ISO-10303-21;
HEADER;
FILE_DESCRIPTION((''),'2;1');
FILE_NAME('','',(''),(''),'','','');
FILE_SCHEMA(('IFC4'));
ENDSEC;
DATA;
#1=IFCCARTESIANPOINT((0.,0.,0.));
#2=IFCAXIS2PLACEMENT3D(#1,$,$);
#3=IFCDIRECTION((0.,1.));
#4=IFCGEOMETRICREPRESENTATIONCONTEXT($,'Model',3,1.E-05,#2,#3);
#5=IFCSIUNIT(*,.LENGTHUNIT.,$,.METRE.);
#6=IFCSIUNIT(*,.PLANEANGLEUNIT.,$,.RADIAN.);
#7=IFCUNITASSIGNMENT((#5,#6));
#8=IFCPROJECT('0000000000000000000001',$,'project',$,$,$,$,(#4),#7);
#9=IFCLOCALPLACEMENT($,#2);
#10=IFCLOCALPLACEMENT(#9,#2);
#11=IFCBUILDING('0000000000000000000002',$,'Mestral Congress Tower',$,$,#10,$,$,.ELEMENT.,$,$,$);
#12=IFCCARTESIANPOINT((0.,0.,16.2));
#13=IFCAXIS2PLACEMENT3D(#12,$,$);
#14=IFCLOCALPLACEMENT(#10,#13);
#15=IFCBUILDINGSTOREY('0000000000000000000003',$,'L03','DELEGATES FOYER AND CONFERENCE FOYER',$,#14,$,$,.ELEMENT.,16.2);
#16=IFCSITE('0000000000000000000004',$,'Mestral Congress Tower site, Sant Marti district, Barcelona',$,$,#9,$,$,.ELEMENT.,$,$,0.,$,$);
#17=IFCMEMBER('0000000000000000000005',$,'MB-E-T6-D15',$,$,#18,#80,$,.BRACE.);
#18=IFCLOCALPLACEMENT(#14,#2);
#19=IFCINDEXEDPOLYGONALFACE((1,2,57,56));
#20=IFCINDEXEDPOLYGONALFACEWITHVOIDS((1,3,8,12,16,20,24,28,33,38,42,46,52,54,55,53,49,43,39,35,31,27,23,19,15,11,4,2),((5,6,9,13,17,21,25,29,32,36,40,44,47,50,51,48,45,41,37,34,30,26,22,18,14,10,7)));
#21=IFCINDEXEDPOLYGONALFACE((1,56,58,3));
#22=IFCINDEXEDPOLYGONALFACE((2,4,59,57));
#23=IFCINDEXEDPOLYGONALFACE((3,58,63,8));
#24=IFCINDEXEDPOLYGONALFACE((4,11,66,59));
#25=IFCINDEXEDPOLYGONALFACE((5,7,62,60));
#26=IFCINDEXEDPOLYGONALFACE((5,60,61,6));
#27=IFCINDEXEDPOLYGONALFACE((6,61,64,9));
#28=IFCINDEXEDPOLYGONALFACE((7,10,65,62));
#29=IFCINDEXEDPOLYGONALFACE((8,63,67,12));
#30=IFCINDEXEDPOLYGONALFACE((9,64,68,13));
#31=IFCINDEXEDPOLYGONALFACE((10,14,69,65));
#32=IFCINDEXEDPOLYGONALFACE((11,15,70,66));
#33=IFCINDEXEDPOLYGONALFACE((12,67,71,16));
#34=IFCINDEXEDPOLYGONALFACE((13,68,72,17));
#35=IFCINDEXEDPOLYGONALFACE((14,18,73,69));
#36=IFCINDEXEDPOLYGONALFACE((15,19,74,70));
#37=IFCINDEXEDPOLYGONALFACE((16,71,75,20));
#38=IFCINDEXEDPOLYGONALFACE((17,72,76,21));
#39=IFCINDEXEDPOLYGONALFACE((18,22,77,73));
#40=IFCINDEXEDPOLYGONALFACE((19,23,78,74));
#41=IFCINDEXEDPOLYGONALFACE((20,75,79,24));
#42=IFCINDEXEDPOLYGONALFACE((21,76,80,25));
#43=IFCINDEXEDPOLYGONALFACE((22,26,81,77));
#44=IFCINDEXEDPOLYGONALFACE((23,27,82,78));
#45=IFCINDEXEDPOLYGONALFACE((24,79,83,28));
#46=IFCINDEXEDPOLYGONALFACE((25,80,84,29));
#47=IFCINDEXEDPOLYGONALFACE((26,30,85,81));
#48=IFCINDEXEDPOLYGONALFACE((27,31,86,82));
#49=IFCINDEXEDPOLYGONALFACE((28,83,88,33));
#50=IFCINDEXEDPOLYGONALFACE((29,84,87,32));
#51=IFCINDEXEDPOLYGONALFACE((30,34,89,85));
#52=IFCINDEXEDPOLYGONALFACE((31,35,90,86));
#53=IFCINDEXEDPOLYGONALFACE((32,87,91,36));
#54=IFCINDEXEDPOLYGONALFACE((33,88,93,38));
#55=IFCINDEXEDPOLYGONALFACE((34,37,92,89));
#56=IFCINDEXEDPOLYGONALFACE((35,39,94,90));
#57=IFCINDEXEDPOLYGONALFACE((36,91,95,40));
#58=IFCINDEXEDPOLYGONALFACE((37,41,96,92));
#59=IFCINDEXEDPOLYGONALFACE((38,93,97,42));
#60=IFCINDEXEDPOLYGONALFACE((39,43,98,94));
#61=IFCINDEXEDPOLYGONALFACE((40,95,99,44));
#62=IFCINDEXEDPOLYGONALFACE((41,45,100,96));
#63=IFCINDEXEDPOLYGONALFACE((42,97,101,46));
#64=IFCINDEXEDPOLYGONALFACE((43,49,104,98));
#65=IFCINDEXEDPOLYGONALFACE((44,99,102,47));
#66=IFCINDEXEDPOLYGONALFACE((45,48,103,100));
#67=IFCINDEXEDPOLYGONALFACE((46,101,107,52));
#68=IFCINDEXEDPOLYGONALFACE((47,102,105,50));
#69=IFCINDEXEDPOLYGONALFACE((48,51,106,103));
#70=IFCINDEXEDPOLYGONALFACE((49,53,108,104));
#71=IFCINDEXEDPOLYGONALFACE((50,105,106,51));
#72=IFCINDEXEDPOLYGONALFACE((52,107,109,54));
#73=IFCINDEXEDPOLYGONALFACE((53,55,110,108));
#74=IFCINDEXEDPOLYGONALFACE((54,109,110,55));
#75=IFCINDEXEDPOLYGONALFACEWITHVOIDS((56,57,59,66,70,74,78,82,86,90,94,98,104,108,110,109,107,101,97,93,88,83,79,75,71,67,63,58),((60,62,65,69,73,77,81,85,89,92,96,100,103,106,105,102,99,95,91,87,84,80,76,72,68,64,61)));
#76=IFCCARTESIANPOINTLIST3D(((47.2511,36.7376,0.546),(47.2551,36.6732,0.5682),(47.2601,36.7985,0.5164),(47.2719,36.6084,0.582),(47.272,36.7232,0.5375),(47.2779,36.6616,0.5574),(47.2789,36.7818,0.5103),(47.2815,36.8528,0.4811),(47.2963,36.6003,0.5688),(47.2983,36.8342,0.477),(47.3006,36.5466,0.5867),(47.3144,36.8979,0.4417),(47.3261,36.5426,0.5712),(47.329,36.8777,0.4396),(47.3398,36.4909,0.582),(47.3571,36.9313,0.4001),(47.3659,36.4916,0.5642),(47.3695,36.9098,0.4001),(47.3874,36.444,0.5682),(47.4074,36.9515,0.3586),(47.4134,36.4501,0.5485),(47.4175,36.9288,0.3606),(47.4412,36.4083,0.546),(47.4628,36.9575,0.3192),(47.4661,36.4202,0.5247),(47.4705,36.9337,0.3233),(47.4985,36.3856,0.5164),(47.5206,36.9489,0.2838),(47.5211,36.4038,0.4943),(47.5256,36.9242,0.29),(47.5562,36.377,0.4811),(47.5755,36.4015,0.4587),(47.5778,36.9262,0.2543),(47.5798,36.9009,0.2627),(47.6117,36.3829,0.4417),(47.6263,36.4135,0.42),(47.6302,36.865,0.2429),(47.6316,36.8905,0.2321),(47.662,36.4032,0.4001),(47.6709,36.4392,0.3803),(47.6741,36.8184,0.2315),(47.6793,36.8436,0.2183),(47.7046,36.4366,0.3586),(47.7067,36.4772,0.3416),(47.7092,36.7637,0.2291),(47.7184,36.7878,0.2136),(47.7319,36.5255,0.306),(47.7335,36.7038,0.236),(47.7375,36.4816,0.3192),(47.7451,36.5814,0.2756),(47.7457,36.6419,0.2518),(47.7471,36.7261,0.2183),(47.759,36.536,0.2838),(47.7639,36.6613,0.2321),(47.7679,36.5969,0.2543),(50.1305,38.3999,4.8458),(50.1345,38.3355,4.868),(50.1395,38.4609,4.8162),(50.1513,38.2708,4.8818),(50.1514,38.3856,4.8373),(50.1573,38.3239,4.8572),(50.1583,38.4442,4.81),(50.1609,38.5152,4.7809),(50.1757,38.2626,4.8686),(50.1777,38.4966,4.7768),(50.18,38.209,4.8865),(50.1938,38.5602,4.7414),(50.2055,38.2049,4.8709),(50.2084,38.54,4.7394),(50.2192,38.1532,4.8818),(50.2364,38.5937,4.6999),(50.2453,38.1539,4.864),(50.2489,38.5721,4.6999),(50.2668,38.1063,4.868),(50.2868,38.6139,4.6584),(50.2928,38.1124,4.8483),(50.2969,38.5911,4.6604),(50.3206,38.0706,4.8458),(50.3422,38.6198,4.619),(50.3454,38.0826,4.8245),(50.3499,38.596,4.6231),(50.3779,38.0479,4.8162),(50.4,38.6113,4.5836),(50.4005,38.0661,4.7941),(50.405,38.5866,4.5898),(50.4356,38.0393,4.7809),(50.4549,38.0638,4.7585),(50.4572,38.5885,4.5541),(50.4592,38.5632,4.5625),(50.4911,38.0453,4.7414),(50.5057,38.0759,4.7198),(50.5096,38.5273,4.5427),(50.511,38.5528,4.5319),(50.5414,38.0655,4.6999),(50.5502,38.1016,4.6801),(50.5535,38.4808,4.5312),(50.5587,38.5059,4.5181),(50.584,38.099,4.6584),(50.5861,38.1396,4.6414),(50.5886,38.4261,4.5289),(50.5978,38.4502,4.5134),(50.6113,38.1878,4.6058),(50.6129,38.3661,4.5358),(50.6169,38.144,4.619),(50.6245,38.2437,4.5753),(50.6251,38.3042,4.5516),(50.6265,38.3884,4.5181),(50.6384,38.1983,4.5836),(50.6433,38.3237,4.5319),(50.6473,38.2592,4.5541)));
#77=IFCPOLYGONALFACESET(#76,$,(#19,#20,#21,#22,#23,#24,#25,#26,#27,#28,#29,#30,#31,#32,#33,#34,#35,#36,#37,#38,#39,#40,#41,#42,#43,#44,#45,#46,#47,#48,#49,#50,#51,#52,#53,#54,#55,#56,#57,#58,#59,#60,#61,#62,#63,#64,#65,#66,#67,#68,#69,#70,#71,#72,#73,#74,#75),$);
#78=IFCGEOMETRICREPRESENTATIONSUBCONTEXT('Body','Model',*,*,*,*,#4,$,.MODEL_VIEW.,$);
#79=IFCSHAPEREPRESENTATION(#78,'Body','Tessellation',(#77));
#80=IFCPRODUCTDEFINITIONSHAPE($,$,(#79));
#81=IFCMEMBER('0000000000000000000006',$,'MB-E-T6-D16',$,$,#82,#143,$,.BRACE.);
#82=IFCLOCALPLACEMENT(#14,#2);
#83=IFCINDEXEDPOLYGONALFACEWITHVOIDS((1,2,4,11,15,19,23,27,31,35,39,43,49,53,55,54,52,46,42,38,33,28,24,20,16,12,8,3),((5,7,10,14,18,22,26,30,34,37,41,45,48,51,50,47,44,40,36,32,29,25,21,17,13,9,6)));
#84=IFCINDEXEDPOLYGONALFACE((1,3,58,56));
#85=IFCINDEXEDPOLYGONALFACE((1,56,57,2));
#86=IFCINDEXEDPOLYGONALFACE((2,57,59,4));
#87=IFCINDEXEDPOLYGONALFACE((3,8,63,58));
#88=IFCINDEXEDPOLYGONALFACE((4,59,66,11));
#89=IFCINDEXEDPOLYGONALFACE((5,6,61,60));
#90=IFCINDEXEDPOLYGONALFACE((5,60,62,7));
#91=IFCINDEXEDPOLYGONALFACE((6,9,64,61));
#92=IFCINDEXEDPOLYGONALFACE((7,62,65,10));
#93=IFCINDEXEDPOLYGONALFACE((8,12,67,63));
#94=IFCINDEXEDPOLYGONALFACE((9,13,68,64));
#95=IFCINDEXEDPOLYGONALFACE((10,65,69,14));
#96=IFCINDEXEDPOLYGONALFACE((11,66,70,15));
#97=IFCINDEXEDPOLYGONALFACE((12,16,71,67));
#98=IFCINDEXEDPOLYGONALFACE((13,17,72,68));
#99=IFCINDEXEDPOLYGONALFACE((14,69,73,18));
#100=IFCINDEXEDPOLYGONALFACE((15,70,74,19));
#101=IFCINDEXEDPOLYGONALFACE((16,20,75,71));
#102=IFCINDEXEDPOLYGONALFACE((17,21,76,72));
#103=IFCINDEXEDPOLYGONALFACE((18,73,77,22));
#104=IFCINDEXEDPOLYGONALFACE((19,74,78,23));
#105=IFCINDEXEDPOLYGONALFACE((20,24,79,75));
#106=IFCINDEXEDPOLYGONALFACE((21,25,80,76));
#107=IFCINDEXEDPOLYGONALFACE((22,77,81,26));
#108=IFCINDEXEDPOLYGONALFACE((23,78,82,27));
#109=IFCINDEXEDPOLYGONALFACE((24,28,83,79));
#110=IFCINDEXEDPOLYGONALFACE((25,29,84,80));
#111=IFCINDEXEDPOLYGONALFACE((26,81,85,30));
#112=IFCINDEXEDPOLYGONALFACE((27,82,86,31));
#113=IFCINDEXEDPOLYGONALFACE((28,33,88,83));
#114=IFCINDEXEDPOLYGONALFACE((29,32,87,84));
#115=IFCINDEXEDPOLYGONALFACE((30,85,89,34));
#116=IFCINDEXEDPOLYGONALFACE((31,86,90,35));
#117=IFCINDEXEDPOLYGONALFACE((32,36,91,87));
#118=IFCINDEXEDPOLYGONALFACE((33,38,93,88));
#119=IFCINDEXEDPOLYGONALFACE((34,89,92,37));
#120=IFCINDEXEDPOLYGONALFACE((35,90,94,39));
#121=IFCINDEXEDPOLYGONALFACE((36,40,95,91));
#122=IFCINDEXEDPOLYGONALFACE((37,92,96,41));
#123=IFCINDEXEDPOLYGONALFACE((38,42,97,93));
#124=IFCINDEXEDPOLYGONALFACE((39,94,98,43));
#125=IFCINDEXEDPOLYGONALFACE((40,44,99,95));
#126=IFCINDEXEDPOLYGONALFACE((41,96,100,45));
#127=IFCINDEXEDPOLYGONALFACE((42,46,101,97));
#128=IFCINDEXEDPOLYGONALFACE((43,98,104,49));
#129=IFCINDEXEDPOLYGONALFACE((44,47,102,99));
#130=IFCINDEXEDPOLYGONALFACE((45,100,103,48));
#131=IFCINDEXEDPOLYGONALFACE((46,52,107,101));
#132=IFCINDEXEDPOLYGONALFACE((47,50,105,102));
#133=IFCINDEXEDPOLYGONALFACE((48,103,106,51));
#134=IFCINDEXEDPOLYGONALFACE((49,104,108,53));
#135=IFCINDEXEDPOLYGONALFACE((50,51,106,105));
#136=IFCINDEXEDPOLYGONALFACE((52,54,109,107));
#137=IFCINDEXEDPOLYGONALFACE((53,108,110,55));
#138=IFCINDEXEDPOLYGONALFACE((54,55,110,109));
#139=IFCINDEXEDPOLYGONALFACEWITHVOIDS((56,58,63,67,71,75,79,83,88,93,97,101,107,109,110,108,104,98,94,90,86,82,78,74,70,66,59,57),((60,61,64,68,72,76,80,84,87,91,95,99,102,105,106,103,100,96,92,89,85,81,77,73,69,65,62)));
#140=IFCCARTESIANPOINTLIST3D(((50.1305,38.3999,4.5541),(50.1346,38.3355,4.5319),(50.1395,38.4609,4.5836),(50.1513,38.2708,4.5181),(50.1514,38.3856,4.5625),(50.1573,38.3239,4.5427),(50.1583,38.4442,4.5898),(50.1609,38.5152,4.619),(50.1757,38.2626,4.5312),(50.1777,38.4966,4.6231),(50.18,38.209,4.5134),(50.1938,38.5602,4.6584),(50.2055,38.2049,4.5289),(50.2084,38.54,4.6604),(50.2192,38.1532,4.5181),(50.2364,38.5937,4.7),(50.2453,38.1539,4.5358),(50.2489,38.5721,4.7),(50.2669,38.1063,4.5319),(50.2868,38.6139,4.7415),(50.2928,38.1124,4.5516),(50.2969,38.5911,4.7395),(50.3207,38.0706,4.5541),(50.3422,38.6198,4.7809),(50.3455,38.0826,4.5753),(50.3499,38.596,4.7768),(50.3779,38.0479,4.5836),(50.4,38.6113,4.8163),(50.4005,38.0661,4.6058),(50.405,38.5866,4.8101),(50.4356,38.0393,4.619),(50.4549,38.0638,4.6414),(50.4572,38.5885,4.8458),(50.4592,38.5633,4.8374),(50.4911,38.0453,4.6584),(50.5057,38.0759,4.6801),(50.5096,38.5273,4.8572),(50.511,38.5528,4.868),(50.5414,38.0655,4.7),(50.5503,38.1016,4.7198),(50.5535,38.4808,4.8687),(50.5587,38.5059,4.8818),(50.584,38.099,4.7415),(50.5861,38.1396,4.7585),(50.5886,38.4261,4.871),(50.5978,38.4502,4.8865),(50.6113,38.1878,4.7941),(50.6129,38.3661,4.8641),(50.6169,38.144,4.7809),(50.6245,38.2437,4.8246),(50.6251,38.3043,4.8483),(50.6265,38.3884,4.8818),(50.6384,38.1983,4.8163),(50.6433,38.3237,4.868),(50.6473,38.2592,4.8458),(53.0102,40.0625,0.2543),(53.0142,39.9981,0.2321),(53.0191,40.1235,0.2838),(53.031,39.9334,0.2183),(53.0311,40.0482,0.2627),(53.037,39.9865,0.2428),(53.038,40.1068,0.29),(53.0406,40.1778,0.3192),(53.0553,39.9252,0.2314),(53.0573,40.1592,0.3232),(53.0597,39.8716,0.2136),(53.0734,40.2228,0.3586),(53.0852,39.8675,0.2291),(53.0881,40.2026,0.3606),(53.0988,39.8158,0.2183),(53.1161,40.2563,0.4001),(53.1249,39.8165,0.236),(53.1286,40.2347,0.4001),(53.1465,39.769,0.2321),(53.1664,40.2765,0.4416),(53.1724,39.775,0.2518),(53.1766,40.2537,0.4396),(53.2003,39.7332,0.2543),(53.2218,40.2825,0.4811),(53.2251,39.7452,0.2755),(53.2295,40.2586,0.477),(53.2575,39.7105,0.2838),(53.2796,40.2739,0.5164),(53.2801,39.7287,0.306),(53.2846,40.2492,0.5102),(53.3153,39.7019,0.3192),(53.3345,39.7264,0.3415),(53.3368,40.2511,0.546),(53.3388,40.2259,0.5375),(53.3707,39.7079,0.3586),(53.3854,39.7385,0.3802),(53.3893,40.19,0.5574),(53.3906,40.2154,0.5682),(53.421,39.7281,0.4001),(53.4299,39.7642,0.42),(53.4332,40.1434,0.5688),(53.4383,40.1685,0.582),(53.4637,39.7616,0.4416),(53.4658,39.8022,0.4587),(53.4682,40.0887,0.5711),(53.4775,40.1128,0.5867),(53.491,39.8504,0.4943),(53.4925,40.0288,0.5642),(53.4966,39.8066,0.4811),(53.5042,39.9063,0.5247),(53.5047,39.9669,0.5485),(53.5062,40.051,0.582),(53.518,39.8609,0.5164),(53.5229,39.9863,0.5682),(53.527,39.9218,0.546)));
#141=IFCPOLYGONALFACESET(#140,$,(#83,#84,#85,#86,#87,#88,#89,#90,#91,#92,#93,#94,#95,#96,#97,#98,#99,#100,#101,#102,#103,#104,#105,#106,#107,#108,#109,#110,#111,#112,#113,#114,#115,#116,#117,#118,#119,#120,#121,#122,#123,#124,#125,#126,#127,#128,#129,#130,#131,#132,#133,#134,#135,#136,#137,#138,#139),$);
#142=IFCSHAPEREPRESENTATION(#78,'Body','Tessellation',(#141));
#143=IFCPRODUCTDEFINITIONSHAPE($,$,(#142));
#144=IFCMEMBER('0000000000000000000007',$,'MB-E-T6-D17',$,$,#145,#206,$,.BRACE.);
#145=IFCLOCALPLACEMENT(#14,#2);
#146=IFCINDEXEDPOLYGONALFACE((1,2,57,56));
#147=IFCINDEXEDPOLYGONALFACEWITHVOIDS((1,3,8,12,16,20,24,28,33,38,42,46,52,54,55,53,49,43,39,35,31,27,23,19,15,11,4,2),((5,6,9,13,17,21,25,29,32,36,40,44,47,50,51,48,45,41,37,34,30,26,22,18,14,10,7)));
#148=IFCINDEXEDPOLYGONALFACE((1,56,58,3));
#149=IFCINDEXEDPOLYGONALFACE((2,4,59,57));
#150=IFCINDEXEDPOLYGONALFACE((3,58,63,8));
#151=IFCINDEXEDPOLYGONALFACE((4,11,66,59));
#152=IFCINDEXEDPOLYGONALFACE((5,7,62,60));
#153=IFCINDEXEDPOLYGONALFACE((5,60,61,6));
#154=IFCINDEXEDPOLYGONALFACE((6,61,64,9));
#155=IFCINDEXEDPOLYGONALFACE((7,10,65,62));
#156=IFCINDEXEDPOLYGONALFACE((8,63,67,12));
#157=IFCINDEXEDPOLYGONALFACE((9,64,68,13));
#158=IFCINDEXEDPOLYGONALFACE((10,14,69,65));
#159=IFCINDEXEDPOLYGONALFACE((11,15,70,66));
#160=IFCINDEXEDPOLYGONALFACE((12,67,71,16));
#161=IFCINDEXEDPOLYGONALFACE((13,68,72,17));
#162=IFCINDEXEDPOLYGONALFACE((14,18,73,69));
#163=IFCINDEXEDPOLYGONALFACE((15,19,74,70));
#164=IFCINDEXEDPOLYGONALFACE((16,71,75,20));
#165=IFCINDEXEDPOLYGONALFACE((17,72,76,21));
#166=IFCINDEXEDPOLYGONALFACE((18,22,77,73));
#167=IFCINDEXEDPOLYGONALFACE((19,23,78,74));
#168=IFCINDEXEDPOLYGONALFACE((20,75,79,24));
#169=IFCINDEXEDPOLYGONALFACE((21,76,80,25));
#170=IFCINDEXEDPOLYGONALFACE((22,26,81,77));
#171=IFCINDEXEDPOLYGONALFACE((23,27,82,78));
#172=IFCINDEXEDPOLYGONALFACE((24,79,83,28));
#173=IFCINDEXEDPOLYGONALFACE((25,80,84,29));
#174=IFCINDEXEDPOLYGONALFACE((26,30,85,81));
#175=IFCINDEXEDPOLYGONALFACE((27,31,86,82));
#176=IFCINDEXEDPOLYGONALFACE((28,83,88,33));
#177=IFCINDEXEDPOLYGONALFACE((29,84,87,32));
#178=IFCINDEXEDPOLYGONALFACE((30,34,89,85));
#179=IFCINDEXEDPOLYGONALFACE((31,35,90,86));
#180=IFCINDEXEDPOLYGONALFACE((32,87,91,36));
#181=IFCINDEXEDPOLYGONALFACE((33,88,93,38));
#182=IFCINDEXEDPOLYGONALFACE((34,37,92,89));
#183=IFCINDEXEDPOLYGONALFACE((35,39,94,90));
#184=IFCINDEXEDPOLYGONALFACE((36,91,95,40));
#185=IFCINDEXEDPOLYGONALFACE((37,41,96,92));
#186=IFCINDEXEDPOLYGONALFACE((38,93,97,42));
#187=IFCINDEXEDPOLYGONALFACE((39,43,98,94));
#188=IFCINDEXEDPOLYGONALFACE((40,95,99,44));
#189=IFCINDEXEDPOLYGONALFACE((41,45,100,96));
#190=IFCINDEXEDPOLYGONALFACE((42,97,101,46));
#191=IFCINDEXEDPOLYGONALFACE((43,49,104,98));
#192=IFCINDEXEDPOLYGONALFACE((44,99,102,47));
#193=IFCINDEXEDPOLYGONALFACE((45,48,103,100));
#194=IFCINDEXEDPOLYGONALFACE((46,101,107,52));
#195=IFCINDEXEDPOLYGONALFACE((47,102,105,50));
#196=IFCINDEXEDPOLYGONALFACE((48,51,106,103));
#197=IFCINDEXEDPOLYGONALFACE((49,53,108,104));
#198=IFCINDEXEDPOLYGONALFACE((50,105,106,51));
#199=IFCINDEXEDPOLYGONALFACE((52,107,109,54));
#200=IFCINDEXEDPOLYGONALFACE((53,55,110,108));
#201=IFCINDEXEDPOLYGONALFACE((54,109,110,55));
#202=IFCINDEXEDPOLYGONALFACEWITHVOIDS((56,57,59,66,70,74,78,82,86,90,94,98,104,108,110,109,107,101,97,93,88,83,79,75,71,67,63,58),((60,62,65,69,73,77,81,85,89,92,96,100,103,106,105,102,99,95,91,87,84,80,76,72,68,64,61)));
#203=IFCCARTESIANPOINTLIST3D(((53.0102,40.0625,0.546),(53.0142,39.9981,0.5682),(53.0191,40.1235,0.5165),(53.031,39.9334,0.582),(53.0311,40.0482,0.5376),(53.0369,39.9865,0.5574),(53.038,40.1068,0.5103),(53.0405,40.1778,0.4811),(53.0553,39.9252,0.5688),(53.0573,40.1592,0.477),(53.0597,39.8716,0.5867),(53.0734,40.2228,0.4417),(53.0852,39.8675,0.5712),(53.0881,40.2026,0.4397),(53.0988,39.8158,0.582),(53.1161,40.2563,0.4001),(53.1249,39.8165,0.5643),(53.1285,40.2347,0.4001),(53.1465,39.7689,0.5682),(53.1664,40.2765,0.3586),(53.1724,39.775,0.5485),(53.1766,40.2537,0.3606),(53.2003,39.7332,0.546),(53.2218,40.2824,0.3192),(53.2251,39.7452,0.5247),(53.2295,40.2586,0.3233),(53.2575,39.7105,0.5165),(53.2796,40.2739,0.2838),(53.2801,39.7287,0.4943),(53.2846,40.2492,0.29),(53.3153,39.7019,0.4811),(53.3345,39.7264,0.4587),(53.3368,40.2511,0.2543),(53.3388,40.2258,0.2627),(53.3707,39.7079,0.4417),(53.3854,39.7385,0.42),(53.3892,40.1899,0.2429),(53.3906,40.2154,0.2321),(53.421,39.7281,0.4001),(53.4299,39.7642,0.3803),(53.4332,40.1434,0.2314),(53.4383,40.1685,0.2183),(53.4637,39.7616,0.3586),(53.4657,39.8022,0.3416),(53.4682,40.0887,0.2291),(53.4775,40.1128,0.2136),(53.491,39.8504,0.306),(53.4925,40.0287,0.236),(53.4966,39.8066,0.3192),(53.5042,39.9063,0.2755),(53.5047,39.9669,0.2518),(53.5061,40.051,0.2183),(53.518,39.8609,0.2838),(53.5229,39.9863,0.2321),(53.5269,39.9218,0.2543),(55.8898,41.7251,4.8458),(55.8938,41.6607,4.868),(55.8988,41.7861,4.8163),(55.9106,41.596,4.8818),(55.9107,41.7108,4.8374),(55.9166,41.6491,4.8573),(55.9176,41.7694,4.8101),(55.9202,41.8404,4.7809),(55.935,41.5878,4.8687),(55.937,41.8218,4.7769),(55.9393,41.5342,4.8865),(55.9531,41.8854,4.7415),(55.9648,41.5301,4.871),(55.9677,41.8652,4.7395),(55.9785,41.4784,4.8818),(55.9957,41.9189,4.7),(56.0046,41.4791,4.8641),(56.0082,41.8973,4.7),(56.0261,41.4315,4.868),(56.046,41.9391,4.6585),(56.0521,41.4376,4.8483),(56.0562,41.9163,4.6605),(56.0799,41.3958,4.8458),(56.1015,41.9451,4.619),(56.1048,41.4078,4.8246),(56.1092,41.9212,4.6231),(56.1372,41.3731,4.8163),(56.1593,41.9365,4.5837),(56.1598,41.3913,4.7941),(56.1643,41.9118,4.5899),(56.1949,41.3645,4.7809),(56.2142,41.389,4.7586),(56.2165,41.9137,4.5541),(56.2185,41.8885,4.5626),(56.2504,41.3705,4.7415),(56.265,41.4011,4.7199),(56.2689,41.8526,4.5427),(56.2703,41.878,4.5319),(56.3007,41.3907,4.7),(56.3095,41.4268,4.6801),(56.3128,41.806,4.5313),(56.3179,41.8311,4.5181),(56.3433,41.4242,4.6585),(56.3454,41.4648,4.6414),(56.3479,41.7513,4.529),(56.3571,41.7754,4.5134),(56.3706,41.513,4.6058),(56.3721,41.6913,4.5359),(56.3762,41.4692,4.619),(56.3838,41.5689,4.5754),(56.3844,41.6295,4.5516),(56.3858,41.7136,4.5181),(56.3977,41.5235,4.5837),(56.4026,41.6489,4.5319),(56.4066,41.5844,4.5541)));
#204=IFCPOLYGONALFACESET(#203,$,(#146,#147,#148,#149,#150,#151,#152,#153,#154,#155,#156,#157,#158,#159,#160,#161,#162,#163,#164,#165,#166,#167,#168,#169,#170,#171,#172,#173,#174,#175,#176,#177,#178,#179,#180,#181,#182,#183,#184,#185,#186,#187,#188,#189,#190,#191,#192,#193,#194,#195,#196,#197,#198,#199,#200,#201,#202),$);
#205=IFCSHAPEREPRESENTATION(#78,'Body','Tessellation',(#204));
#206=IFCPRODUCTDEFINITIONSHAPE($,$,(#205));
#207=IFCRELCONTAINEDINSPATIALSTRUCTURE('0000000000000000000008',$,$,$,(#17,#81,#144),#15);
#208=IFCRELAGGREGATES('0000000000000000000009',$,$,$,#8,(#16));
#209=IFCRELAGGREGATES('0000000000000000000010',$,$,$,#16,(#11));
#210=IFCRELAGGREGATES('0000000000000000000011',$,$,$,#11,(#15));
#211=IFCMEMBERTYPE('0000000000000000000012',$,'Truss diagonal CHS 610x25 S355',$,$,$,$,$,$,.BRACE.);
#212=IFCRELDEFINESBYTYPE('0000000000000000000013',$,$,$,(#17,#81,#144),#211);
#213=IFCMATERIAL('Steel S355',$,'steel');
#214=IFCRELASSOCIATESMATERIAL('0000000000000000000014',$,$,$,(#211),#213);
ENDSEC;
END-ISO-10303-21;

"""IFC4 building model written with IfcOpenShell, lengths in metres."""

from ifc_helpers import new_model, si_unit, direction, frame, origin, origin_2d, place, context, subcontext, project, spatial, hollow_circle, extrude, material, material_profile, profile_set, type_object, element, save


model = new_model("IFC4")

# Units and contexts
model_context = context("Model", 3, precision=1e-05, world=origin(), true_north=direction((0.0, 1.0)))
body_context = subcontext(model_context, "Body", "Model", "MODEL_VIEW")
ifc_project = project(units=[si_unit("LENGTHUNIT", "METRE"), si_unit("PLANEANGLEUNIT", "RADIAN")], contexts=[model_context])

# Site, building, storey
site_placement = place(None, origin())
site = spatial("IfcSite", under=ifc_project, at=site_placement, Name="Mestral Congress Tower site, Sant Marti district, Barcelona", CompositionType="ELEMENT", RefElevation=0.0)
building_placement = place(site_placement, origin())
building = spatial("IfcBuilding", under=site, at=building_placement, Name="Mestral Congress Tower", CompositionType="ELEMENT")
storey_placement = place(building_placement, frame((0.0, 0.0, 16.2)))
storey = spatial("IfcBuildingStorey", under=building, at=storey_placement, Name="L03", Description="DELEGATES FOYER AND CONFERENCE FOYER", CompositionType="ELEMENT", Elevation=16.2)

# Members
ifc_material_1 = material(Name="Steel S355", Category="steel")
ifc_material_profile_1 = material_profile(ifc_material_1, hollow_circle(Radius=0.3049, WallThickness=0.0249, at=origin_2d()), Name="CHS 610x25")
ifc_profile_set_1 = profile_set([ifc_material_profile_1], Name="Steel S355")
member_type_1 = type_object("IfcMemberType", Name="Truss diagonal CHS 610x25 S355", PredefinedType="BRACE", material=ifc_profile_set_1)
member_1_placement = place(storey_placement, frame((47.5095, 36.6672, 0.4001), z_axis=(0.529757, 0.305843, 0.791087), x_axis=(-0.499985, 0.866034, 0.0)))
element("IfcMember", 1, at=member_1_placement, inside=storey, type_object=member_type_1, Name="MB-E-T6-D15", PredefinedType="BRACE", context=body_context, shape_type="SweptSolid", body=[
    extrude(hollow_circle(Radius=0.3049, WallThickness=0.0249, at=origin_2d()), origin(), (0.0, 0.0, 1.0), 5.4353),
])
for number, where, z_axis, x_axis, name in (
    (2, (50.3889, 38.3296, 4.7), (0.529782, 0.305877, -0.791057), (-0.500008, 0.866021, 0.0), "MB-E-T6-D16"),
    (3, (53.2686, 39.9922, 0.4001), (0.529782, 0.305877, 0.791057), (-0.500008, 0.866021, 0.0), "MB-E-T6-D17"),
):
    element("IfcMember", number, at=place(storey_placement, frame(where, z_axis=z_axis, x_axis=x_axis)), inside=storey, type_object=member_type_1, Name=name, PredefinedType="BRACE", context=body_context, shape_type="SweptSolid", body=[
        extrude(hollow_circle(Radius=0.3049, WallThickness=0.0249, at=origin_2d()), origin(), (0.0, 0.0, 1.0), 5.4355),
    ])

save(model, "model.ifc")
